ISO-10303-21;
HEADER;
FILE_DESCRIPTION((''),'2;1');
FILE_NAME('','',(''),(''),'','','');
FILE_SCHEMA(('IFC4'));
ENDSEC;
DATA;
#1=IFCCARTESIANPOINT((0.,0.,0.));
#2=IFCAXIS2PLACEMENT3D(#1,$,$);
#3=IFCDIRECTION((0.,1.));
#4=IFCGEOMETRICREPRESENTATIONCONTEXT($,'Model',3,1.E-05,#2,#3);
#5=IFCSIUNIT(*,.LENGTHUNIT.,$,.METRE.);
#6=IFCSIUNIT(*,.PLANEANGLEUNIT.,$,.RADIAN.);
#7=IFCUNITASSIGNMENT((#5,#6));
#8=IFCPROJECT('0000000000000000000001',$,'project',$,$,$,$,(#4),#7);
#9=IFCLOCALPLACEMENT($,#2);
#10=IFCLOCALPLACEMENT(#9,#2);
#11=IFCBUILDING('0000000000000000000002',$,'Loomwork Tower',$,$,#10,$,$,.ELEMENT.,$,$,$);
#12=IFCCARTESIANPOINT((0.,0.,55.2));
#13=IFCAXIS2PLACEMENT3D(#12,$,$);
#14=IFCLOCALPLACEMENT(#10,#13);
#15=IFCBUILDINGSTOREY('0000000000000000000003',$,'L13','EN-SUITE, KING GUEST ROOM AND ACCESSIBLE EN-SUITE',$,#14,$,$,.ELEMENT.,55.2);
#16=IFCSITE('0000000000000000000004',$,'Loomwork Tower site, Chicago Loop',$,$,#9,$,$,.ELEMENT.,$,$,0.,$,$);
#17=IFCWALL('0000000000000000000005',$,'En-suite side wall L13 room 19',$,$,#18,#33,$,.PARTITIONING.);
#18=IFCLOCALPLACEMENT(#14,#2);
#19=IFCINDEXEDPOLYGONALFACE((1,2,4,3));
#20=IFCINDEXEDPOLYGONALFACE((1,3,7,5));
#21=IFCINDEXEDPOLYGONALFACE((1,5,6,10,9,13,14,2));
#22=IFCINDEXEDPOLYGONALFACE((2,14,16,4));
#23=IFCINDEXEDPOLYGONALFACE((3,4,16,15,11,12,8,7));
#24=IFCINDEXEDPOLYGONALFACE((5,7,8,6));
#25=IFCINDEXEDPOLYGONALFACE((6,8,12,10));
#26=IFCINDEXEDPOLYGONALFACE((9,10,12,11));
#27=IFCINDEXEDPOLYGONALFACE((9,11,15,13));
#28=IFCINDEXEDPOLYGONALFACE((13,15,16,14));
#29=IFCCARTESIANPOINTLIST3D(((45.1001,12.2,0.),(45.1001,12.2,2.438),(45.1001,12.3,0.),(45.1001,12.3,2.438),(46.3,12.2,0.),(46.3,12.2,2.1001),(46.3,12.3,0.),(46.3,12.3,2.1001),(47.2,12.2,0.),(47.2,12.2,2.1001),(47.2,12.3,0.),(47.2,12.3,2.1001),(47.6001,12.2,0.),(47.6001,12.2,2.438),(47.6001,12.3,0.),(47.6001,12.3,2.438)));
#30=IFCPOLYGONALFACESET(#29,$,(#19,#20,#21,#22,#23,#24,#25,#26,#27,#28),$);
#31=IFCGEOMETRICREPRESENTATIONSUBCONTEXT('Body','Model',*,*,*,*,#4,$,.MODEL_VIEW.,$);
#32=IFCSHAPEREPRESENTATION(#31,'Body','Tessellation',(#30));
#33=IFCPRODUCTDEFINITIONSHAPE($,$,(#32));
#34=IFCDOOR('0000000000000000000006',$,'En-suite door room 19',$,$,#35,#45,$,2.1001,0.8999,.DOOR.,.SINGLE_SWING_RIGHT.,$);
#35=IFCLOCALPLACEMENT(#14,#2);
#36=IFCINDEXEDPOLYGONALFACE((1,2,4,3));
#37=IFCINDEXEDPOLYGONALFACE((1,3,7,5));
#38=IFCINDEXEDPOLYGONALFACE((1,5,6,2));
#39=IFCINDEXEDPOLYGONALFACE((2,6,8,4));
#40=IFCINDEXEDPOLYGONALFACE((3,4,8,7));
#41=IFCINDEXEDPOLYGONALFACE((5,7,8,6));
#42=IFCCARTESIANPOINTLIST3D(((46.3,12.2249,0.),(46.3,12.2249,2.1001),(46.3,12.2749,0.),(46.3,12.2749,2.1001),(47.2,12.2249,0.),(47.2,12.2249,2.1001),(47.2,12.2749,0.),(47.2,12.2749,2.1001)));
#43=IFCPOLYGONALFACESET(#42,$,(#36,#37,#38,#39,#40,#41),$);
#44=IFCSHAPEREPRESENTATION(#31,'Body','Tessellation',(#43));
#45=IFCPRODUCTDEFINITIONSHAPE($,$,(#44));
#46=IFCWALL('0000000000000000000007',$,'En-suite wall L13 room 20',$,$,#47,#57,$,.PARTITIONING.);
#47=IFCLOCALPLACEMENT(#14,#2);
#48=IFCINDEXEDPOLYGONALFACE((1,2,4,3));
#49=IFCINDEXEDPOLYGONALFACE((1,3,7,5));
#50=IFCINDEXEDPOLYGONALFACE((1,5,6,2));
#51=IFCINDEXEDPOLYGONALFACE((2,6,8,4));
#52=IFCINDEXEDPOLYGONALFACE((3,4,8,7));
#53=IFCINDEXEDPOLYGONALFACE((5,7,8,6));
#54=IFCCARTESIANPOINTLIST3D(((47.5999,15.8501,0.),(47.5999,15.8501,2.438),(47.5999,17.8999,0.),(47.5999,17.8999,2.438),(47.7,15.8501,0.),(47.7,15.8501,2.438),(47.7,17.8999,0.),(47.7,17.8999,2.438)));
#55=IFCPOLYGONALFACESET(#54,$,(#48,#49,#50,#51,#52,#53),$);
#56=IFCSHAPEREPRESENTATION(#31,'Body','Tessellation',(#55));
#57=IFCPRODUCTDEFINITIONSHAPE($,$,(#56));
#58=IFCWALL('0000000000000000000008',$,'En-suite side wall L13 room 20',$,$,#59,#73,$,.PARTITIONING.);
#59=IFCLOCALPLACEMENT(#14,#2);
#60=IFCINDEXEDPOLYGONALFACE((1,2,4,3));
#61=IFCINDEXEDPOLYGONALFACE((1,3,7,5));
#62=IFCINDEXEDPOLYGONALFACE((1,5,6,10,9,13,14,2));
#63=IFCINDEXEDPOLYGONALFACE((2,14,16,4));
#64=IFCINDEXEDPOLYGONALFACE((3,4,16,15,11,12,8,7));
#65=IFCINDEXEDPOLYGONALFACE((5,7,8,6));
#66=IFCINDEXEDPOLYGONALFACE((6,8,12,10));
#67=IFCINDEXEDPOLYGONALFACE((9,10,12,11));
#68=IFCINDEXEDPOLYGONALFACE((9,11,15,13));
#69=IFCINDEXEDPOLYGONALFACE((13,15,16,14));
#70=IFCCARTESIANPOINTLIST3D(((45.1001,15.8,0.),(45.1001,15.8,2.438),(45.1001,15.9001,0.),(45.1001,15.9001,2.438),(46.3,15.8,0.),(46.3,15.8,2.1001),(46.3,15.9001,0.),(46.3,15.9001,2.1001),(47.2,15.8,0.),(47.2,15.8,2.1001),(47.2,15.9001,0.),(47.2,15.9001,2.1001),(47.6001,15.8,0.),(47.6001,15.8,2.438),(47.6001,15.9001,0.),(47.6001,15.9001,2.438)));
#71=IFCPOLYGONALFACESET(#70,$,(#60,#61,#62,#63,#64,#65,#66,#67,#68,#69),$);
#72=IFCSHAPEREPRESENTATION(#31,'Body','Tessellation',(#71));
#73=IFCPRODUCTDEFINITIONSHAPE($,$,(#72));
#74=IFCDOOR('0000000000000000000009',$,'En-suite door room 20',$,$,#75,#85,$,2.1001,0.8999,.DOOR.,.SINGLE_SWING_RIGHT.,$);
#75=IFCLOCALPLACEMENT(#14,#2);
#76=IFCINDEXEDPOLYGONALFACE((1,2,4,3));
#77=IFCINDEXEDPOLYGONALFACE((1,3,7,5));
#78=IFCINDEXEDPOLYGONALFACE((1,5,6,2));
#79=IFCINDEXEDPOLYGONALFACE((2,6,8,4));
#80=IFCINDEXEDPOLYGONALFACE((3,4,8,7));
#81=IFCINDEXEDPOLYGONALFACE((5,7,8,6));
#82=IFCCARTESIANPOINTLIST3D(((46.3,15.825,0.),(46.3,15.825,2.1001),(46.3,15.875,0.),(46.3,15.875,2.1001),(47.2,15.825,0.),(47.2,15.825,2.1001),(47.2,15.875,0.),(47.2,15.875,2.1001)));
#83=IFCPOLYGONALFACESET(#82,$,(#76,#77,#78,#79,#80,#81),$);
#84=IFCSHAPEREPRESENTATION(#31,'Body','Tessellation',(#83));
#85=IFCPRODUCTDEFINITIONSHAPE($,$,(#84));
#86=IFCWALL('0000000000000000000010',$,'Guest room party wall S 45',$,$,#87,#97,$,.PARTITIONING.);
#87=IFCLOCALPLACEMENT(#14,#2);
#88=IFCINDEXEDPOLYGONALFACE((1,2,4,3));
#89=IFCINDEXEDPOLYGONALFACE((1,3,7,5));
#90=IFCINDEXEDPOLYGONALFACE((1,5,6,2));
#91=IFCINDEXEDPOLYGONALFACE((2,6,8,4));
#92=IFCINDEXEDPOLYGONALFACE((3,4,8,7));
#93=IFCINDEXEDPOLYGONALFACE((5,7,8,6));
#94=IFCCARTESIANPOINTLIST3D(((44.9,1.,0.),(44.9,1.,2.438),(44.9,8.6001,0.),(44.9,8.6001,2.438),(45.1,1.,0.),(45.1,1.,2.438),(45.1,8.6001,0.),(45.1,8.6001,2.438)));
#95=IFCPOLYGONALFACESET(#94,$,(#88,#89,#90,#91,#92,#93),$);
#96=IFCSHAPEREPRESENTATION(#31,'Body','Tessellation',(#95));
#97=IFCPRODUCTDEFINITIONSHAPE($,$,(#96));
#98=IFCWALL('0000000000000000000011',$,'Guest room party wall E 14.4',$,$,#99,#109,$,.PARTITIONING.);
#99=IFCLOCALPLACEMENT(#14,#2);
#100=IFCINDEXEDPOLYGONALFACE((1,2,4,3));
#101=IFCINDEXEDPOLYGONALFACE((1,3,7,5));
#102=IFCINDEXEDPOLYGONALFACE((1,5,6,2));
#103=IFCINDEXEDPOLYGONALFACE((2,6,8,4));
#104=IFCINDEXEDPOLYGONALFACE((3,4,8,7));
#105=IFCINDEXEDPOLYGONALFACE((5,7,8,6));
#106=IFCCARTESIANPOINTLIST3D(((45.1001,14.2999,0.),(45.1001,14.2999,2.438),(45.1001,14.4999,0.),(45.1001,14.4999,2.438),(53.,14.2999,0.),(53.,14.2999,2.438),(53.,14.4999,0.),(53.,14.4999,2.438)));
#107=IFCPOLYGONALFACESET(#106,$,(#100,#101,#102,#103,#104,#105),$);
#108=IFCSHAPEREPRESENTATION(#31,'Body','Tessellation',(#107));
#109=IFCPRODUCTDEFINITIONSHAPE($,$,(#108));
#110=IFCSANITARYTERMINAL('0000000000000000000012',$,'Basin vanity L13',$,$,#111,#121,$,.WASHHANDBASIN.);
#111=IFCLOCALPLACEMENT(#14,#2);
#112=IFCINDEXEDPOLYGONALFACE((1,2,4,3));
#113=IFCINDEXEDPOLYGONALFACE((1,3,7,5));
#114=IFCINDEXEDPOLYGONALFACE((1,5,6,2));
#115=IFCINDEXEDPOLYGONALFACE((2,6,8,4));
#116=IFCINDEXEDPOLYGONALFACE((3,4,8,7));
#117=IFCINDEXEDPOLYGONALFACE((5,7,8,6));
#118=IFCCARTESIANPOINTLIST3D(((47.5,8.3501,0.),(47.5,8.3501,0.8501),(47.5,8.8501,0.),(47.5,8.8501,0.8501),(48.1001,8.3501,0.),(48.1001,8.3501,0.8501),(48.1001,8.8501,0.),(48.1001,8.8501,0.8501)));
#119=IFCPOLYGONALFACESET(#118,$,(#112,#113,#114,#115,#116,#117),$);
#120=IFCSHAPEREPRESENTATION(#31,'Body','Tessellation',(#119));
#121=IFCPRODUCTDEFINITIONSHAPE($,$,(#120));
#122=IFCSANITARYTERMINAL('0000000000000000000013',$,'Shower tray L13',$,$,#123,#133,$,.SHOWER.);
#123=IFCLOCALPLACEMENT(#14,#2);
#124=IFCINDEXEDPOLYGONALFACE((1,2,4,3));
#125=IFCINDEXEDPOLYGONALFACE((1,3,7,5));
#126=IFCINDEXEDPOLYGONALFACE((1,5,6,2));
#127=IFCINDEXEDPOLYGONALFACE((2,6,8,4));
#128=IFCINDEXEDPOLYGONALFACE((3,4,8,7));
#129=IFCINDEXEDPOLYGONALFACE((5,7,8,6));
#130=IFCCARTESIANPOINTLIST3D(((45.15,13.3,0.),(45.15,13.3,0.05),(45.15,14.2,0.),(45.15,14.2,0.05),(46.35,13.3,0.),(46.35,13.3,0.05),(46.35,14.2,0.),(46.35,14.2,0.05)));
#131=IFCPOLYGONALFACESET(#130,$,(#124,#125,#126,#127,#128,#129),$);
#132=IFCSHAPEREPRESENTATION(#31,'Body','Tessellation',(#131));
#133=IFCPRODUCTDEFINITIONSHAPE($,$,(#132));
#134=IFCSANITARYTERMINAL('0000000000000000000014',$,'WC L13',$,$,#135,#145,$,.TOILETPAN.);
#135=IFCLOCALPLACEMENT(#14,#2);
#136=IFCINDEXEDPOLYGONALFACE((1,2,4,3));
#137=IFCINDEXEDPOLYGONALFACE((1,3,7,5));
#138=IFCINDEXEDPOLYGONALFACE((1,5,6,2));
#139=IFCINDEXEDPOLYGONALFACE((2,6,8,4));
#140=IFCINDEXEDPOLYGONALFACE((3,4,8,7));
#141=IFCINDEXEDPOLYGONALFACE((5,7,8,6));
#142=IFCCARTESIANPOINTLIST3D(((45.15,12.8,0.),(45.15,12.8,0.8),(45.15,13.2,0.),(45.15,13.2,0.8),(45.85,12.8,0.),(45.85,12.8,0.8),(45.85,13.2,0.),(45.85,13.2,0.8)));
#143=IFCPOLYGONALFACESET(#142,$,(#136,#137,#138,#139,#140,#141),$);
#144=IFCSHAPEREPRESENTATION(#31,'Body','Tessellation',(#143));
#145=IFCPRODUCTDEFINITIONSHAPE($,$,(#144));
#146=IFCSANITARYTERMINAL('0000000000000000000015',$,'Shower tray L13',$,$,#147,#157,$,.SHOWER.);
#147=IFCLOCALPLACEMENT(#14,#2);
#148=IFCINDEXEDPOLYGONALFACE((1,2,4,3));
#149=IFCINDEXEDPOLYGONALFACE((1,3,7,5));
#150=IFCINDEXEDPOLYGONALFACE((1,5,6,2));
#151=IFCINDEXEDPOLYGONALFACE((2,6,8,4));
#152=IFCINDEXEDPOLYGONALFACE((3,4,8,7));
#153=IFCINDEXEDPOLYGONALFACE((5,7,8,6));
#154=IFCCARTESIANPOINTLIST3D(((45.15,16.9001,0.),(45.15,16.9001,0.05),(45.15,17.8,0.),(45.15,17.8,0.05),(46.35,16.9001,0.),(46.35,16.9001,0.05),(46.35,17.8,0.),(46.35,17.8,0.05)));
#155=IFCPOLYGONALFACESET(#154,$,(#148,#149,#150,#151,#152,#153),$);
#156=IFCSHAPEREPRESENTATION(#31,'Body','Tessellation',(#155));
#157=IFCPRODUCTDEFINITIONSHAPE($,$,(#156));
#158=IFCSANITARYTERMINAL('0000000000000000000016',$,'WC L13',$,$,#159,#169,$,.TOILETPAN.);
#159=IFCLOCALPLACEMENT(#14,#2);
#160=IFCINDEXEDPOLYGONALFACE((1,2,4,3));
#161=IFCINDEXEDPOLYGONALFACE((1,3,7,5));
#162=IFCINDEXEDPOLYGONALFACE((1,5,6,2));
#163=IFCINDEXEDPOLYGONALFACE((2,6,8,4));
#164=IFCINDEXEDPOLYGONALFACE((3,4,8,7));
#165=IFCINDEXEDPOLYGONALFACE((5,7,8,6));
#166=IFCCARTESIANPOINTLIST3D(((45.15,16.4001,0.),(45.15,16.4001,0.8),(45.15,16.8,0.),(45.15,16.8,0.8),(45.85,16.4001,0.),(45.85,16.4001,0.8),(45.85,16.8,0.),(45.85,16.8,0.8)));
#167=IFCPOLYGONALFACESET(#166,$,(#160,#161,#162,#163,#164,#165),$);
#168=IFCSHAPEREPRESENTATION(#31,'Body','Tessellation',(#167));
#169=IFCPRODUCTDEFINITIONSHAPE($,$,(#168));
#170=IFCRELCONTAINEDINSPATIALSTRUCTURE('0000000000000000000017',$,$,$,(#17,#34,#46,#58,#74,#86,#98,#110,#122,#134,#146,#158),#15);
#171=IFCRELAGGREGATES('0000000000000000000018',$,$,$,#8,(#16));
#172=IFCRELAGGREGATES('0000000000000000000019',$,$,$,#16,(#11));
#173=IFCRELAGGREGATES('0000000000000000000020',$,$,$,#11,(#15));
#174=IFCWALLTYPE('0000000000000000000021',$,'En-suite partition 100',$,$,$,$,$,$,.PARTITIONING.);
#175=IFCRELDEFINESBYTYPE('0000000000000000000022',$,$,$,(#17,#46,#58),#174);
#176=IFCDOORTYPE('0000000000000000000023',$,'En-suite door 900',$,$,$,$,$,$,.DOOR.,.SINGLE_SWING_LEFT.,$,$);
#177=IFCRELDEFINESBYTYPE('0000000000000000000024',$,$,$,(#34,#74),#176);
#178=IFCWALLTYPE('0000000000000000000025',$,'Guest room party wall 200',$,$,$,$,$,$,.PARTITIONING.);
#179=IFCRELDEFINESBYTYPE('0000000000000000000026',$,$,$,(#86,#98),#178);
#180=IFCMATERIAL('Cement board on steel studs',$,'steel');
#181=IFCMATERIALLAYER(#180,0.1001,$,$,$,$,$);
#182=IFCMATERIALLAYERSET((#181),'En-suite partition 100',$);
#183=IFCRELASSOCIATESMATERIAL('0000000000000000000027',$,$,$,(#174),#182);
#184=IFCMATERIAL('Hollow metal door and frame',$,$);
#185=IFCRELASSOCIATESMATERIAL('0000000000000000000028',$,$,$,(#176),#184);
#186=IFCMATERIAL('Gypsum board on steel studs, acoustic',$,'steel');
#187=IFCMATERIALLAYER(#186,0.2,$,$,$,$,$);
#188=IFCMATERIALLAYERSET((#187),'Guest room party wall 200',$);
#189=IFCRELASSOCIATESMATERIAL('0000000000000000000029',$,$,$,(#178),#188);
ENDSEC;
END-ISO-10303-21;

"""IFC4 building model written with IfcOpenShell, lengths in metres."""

from ifc_helpers import new_model, si_unit, direction, frame, frame_2d, origin, origin_2d, place, context, subcontext, project, spatial, rectangle, extrude, material, layer, layer_set, type_object, element, fill, save


model = new_model("IFC4")

# Units and contexts
model_context = context("Model", 3, precision=1e-05, world=origin(), true_north=direction((0.0, 1.0)))
body_context = subcontext(model_context, "Body", "Model", "MODEL_VIEW")
ifc_project = project(units=[si_unit("LENGTHUNIT", "METRE"), si_unit("PLANEANGLEUNIT", "RADIAN")], contexts=[model_context])

# Site, building, storey
site_placement = place(None, origin())
site = spatial("IfcSite", under=ifc_project, at=site_placement, Name="Loomwork Tower site, Chicago Loop", CompositionType="ELEMENT", RefElevation=0.0)
building_placement = place(site_placement, origin())
building = spatial("IfcBuilding", under=site, at=building_placement, Name="Loomwork Tower", CompositionType="ELEMENT")
storey_placement = place(building_placement, frame((0.0, 0.0, 55.2)))
storey = spatial("IfcBuildingStorey", under=building, at=storey_placement, Name="L13", Description="EN-SUITE, KING GUEST ROOM AND ACCESSIBLE EN-SUITE", CompositionType="ELEMENT", Elevation=55.2)

# Shared definitions
ifc_material_1 = material(Name="Cement board on steel studs", Category="steel")
ifc_layer_1 = layer(ifc_material_1, 0.1001)
ifc_layer_set_1 = layer_set([ifc_layer_1], Name="En-suite partition 100")
wall_type_1 = type_object("IfcWallType", Name="En-suite partition 100", PredefinedType="PARTITIONING", material=ifc_layer_set_1)

# Wall, opening, door
wall_1_placement = place(storey_placement, frame((45.1001, 12.25, 0.0), z_axis=(0.0, 0.0, 1.0), x_axis=(1.0, 0.0, 0.0)))
wall_1 = element("IfcWall", 1, at=wall_1_placement, inside=storey, type_object=wall_type_1, Name="En-suite side wall L13 room 19", PredefinedType="PARTITIONING", context=body_context, shape_type="SweptSolid", body=[
    extrude(rectangle(XDim=2.5, YDim=0.1001, at=frame_2d((1.25, 0.0))), origin(), (0.0, 0.0, 1.0), 2.438),
])
opening_1_placement = place(wall_1_placement, frame((1.2, 0.0, 0.0)))
opening_1 = element("IfcOpeningElement", 2, at=opening_1_placement, cuts=wall_1, PredefinedType="OPENING", context=body_context, shape_type="SweptSolid", body=[
    extrude(rectangle(XDim=0.8999, YDim=2.1001, at=frame_2d((0.45, 1.05))), frame((0.0, 0.0601, 0.0), z_axis=(0.0, -1.0, 0.0), x_axis=(1.0, 0.0, 0.0)), (0.0, 0.0, 1.0), 0.1201),
])
ifc_material_2 = material(Name="Hollow metal door and frame")
door_type_1 = type_object("IfcDoorType", Name="En-suite door 900", OperationType="SINGLE_SWING_LEFT", PredefinedType="DOOR", material=ifc_material_2)
door_1_placement = place(opening_1_placement, origin())
door_1 = element("IfcDoor", 3, at=door_1_placement, inside=storey, type_object=door_type_1, Name="En-suite door room 19", OperationType="SINGLE_SWING_RIGHT", OverallHeight=2.1001, OverallWidth=0.8999, PredefinedType="DOOR", context=body_context, shape_type="SweptSolid", body=[
    extrude(rectangle(XDim=0.8999, YDim=2.1001, at=frame_2d((0.45, 1.05))), frame((0.0, 0.0249, 0.0), z_axis=(0.0, -1.0, 0.0), x_axis=(1.0, 0.0, 0.0)), (0.0, 0.0, 1.0), 0.05),
])
fill(opening_1, door_1)

# Wall
wall_2_placement = place(storey_placement, frame((47.6499, 15.8501, 0.0), z_axis=(0.0, 0.0, 1.0), x_axis=(0.0, 1.0, 0.0)))
element("IfcWall", 4, at=wall_2_placement, inside=storey, type_object=wall_type_1, Name="En-suite wall L13 room 20", PredefinedType="PARTITIONING", context=body_context, shape_type="SweptSolid", body=[
    extrude(rectangle(XDim=2.0498, YDim=0.1001, at=frame_2d((1.0249, 0.0))), origin(), (0.0, 0.0, 1.0), 2.438),
])

# Wall, opening, door
wall_3_placement = place(storey_placement, frame((45.1001, 15.8501, 0.0), z_axis=(0.0, 0.0, 1.0), x_axis=(1.0, 0.0, 0.0)))
wall_3 = element("IfcWall", 5, at=wall_3_placement, inside=storey, type_object=wall_type_1, Name="En-suite side wall L13 room 20", PredefinedType="PARTITIONING", context=body_context, shape_type="SweptSolid", body=[
    extrude(rectangle(XDim=2.5, YDim=0.1001, at=frame_2d((1.25, 0.0))), origin(), (0.0, 0.0, 1.0), 2.438),
])
opening_2_placement = place(wall_3_placement, frame((1.2, 0.0, 0.0)))
opening_2 = element("IfcOpeningElement", 6, at=opening_2_placement, cuts=wall_3, PredefinedType="OPENING", context=body_context, shape_type="SweptSolid", body=[
    extrude(rectangle(XDim=0.8999, YDim=2.1001, at=frame_2d((0.45, 1.05))), frame((0.0, 0.0601, 0.0), z_axis=(0.0, -1.0, 0.0), x_axis=(1.0, 0.0, 0.0)), (0.0, 0.0, 1.0), 0.1201),
])
door_2_placement = place(opening_2_placement, origin())
door_2 = element("IfcDoor", 7, at=door_2_placement, inside=storey, type_object=door_type_1, Name="En-suite door room 20", OperationType="SINGLE_SWING_RIGHT", OverallHeight=2.1001, OverallWidth=0.8999, PredefinedType="DOOR", context=body_context, shape_type="SweptSolid", body=[
    extrude(rectangle(XDim=0.8999, YDim=2.1001, at=frame_2d((0.45, 1.05))), frame((0.0, 0.0249, 0.0), z_axis=(0.0, -1.0, 0.0), x_axis=(1.0, 0.0, 0.0)), (0.0, 0.0, 1.0), 0.05),
])
fill(opening_2, door_2)

# Walls
ifc_material_3 = material(Name="Gypsum board on steel studs, acoustic", Category="steel")
ifc_layer_2 = layer(ifc_material_3, 0.2)
ifc_layer_set_2 = layer_set([ifc_layer_2], Name="Guest room party wall 200")
wall_type_2 = type_object("IfcWallType", Name="Guest room party wall 200", PredefinedType="PARTITIONING", material=ifc_layer_set_2)
wall_4_placement = place(storey_placement, frame((45.0, 8.6001, 0.0), z_axis=(0.0, 0.0, 1.0), x_axis=(0.0, -1.0, 0.0)))
element("IfcWall", 8, at=wall_4_placement, inside=storey, type_object=wall_type_2, Name="Guest room party wall S 45", PredefinedType="PARTITIONING", context=body_context, shape_type="SweptSolid", body=[
    extrude(rectangle(XDim=7.6001, YDim=0.2, at=frame_2d((3.8, 0.0))), origin(), (0.0, 0.0, 1.0), 2.438),
])
wall_5_placement = place(storey_placement, frame((45.1001, 14.3999, 0.0), z_axis=(0.0, 0.0, 1.0), x_axis=(1.0, 0.0, 0.0)))
element("IfcWall", 9, at=wall_5_placement, inside=storey, type_object=wall_type_2, Name="Guest room party wall E 14.4", PredefinedType="PARTITIONING", context=body_context, shape_type="SweptSolid", body=[
    extrude(rectangle(XDim=7.8999, YDim=0.2, at=frame_2d((3.95, 0.0))), origin(), (0.0, 0.0, 1.0), 2.438),
])

# Sanitary terminals
sanitary_terminal_1_placement = place(storey_placement, frame((47.8, 8.6001, 0.0), z_axis=(0.0, 0.0, 1.0), x_axis=(1.0, 0.0, 0.0)))
element("IfcSanitaryTerminal", 10, at=sanitary_terminal_1_placement, inside=storey, Name="Basin vanity L13", PredefinedType="WASHHANDBASIN", context=body_context, shape_type="SweptSolid", body=[
    extrude(rectangle(XDim=0.6001, YDim=0.5, at=origin_2d()), origin(), (0.0, 0.0, 1.0), 0.8501),
])
sanitary_terminal_2_placement = place(storey_placement, frame((45.75, 13.75, 0.0), z_axis=(0.0, 0.0, 1.0), x_axis=(1.0, 0.0, 0.0)))
element("IfcSanitaryTerminal", 11, at=sanitary_terminal_2_placement, inside=storey, Name="Shower tray L13", PredefinedType="SHOWER", context=body_context, shape_type="SweptSolid", body=[
    extrude(rectangle(XDim=1.2, YDim=0.8999, at=origin_2d()), origin(), (0.0, 0.0, 1.0), 0.05),
])
sanitary_terminal_3_placement = place(storey_placement, frame((45.5, 13.0, 0.0), z_axis=(0.0, 0.0, 1.0), x_axis=(1.0, 0.0, 0.0)))
element("IfcSanitaryTerminal", 12, at=sanitary_terminal_3_placement, inside=storey, Name="WC L13", PredefinedType="TOILETPAN", context=body_context, shape_type="SweptSolid", body=[
    extrude(rectangle(XDim=0.7, YDim=0.3999, at=origin_2d()), origin(), (0.0, 0.0, 1.0), 0.8),
])
sanitary_terminal_4_placement = place(storey_placement, frame((45.75, 17.3501, 0.0), z_axis=(0.0, 0.0, 1.0), x_axis=(1.0, 0.0, 0.0)))
element("IfcSanitaryTerminal", 13, at=sanitary_terminal_4_placement, inside=storey, Name="Shower tray L13", PredefinedType="SHOWER", context=body_context, shape_type="SweptSolid", body=[
    extrude(rectangle(XDim=1.2, YDim=0.8999, at=origin_2d()), origin(), (0.0, 0.0, 1.0), 0.05),
])
sanitary_terminal_5_placement = place(storey_placement, frame((45.5, 16.6001, 0.0), z_axis=(0.0, 0.0, 1.0), x_axis=(1.0, 0.0, 0.0)))
element("IfcSanitaryTerminal", 14, at=sanitary_terminal_5_placement, inside=storey, Name="WC L13", PredefinedType="TOILETPAN", context=body_context, shape_type="SweptSolid", body=[
    extrude(rectangle(XDim=0.7, YDim=0.3999, at=origin_2d()), origin(), (0.0, 0.0, 1.0), 0.8),
])

save(model, "model.ifc")
